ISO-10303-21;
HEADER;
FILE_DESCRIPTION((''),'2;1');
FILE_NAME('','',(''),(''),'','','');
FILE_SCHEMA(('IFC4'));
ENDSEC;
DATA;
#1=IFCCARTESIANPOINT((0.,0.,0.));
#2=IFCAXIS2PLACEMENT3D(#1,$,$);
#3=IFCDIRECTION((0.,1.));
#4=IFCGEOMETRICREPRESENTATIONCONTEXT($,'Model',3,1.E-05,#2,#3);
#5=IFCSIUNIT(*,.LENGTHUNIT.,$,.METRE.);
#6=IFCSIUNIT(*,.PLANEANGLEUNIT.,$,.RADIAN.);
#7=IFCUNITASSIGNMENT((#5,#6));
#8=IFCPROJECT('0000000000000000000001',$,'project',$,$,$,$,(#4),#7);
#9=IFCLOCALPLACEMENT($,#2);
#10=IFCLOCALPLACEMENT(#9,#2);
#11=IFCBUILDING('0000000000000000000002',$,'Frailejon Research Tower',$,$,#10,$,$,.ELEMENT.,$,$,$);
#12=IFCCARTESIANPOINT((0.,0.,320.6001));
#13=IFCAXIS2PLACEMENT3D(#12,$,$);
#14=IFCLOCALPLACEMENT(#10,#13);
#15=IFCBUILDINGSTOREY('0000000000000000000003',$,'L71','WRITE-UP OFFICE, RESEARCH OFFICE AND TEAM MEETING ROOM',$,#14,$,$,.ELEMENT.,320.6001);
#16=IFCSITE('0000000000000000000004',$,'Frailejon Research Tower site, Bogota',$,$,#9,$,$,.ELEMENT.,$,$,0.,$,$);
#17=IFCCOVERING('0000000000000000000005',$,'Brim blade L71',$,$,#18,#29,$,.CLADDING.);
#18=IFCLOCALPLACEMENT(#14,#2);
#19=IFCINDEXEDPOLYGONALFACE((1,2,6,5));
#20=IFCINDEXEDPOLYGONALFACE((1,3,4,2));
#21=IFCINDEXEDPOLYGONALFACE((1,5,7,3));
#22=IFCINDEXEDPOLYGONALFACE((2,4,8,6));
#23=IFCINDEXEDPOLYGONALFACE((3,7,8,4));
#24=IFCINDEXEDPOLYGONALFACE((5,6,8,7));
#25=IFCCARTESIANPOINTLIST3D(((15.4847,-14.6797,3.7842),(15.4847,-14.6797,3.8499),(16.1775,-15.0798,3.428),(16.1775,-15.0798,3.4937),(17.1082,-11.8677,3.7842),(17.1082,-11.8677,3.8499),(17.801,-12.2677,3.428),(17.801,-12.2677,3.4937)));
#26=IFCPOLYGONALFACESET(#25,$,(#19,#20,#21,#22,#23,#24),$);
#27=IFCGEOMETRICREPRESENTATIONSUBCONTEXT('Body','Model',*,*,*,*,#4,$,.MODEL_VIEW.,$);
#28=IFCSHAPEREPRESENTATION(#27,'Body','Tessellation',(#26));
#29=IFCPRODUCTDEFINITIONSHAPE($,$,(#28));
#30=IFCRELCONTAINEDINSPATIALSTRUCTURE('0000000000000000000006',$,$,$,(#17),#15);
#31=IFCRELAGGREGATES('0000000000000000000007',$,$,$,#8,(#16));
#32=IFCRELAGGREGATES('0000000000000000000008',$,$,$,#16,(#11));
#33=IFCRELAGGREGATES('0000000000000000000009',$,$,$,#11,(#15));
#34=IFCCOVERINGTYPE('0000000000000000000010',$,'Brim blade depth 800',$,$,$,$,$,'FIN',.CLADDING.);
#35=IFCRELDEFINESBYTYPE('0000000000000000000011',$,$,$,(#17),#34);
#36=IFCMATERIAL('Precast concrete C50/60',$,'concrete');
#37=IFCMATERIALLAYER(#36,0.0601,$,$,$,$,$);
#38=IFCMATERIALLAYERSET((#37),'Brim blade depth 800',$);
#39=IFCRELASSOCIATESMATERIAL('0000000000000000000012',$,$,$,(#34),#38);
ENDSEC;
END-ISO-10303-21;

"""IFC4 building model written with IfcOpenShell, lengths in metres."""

from ifc_helpers import new_model, si_unit, direction, frame, origin, place, context, subcontext, project, spatial, polyline, outline, extrude, material, layer, layer_set, type_object, element, save


model = new_model("IFC4")

# Units and contexts
model_context = context("Model", 3, precision=1e-05, world=origin(), true_north=direction((0.0, 1.0)))
body_context = subcontext(model_context, "Body", "Model", "MODEL_VIEW")
ifc_project = project(units=[si_unit("LENGTHUNIT", "METRE"), si_unit("PLANEANGLEUNIT", "RADIAN")], contexts=[model_context])

# Site, building, storey
site_placement = place(None, origin())
site = spatial("IfcSite", under=ifc_project, at=site_placement, Name="Frailejon Research Tower site, Bogota", CompositionType="ELEMENT", RefElevation=0.0)
building_placement = place(site_placement, origin())
building = spatial("IfcBuilding", under=site, at=building_placement, Name="Frailejon Research Tower", CompositionType="ELEMENT")
storey_placement = place(building_placement, frame((0.0, 0.0, 320.6001)))
storey = spatial("IfcBuildingStorey", under=building, at=storey_placement, Name="L71", Description="WRITE-UP OFFICE, RESEARCH OFFICE AND TEAM MEETING ROOM", CompositionType="ELEMENT", Elevation=320.6001)

# Covering
ifc_material_1 = material(Name="Precast concrete C50/60", Category="concrete")
ifc_layer_1 = layer(ifc_material_1, 0.0601)
ifc_layer_set_1 = layer_set([ifc_layer_1], Name="Brim blade depth 800")
covering_type_1 = type_object("IfcCoveringType", Name="Brim blade depth 800", ElementType="FIN", PredefinedType="CLADDING", material=ifc_layer_set_1)
covering_1_placement = place(storey_placement, frame((17.1082, -11.8677, 3.8499), z_axis=(-0.499985, -0.866034, 0.0), x_axis=(0.866034, -0.499985, 0.0)))
element("IfcCovering", 1, at=covering_1_placement, inside=storey, type_object=covering_type_1, Name="Brim blade L71", PredefinedType="CLADDING", context=body_context, shape_type="SweptSolid", body=[
    extrude(outline(polyline([(0.0, -0.0657), (0.8, -0.4219), (0.8, -0.3562), (0.0, 0.0), (0.0, -0.0657)])), origin(), (0.0, 0.0, 1.0), 3.2471),
])

save(model, "model.ifc")
